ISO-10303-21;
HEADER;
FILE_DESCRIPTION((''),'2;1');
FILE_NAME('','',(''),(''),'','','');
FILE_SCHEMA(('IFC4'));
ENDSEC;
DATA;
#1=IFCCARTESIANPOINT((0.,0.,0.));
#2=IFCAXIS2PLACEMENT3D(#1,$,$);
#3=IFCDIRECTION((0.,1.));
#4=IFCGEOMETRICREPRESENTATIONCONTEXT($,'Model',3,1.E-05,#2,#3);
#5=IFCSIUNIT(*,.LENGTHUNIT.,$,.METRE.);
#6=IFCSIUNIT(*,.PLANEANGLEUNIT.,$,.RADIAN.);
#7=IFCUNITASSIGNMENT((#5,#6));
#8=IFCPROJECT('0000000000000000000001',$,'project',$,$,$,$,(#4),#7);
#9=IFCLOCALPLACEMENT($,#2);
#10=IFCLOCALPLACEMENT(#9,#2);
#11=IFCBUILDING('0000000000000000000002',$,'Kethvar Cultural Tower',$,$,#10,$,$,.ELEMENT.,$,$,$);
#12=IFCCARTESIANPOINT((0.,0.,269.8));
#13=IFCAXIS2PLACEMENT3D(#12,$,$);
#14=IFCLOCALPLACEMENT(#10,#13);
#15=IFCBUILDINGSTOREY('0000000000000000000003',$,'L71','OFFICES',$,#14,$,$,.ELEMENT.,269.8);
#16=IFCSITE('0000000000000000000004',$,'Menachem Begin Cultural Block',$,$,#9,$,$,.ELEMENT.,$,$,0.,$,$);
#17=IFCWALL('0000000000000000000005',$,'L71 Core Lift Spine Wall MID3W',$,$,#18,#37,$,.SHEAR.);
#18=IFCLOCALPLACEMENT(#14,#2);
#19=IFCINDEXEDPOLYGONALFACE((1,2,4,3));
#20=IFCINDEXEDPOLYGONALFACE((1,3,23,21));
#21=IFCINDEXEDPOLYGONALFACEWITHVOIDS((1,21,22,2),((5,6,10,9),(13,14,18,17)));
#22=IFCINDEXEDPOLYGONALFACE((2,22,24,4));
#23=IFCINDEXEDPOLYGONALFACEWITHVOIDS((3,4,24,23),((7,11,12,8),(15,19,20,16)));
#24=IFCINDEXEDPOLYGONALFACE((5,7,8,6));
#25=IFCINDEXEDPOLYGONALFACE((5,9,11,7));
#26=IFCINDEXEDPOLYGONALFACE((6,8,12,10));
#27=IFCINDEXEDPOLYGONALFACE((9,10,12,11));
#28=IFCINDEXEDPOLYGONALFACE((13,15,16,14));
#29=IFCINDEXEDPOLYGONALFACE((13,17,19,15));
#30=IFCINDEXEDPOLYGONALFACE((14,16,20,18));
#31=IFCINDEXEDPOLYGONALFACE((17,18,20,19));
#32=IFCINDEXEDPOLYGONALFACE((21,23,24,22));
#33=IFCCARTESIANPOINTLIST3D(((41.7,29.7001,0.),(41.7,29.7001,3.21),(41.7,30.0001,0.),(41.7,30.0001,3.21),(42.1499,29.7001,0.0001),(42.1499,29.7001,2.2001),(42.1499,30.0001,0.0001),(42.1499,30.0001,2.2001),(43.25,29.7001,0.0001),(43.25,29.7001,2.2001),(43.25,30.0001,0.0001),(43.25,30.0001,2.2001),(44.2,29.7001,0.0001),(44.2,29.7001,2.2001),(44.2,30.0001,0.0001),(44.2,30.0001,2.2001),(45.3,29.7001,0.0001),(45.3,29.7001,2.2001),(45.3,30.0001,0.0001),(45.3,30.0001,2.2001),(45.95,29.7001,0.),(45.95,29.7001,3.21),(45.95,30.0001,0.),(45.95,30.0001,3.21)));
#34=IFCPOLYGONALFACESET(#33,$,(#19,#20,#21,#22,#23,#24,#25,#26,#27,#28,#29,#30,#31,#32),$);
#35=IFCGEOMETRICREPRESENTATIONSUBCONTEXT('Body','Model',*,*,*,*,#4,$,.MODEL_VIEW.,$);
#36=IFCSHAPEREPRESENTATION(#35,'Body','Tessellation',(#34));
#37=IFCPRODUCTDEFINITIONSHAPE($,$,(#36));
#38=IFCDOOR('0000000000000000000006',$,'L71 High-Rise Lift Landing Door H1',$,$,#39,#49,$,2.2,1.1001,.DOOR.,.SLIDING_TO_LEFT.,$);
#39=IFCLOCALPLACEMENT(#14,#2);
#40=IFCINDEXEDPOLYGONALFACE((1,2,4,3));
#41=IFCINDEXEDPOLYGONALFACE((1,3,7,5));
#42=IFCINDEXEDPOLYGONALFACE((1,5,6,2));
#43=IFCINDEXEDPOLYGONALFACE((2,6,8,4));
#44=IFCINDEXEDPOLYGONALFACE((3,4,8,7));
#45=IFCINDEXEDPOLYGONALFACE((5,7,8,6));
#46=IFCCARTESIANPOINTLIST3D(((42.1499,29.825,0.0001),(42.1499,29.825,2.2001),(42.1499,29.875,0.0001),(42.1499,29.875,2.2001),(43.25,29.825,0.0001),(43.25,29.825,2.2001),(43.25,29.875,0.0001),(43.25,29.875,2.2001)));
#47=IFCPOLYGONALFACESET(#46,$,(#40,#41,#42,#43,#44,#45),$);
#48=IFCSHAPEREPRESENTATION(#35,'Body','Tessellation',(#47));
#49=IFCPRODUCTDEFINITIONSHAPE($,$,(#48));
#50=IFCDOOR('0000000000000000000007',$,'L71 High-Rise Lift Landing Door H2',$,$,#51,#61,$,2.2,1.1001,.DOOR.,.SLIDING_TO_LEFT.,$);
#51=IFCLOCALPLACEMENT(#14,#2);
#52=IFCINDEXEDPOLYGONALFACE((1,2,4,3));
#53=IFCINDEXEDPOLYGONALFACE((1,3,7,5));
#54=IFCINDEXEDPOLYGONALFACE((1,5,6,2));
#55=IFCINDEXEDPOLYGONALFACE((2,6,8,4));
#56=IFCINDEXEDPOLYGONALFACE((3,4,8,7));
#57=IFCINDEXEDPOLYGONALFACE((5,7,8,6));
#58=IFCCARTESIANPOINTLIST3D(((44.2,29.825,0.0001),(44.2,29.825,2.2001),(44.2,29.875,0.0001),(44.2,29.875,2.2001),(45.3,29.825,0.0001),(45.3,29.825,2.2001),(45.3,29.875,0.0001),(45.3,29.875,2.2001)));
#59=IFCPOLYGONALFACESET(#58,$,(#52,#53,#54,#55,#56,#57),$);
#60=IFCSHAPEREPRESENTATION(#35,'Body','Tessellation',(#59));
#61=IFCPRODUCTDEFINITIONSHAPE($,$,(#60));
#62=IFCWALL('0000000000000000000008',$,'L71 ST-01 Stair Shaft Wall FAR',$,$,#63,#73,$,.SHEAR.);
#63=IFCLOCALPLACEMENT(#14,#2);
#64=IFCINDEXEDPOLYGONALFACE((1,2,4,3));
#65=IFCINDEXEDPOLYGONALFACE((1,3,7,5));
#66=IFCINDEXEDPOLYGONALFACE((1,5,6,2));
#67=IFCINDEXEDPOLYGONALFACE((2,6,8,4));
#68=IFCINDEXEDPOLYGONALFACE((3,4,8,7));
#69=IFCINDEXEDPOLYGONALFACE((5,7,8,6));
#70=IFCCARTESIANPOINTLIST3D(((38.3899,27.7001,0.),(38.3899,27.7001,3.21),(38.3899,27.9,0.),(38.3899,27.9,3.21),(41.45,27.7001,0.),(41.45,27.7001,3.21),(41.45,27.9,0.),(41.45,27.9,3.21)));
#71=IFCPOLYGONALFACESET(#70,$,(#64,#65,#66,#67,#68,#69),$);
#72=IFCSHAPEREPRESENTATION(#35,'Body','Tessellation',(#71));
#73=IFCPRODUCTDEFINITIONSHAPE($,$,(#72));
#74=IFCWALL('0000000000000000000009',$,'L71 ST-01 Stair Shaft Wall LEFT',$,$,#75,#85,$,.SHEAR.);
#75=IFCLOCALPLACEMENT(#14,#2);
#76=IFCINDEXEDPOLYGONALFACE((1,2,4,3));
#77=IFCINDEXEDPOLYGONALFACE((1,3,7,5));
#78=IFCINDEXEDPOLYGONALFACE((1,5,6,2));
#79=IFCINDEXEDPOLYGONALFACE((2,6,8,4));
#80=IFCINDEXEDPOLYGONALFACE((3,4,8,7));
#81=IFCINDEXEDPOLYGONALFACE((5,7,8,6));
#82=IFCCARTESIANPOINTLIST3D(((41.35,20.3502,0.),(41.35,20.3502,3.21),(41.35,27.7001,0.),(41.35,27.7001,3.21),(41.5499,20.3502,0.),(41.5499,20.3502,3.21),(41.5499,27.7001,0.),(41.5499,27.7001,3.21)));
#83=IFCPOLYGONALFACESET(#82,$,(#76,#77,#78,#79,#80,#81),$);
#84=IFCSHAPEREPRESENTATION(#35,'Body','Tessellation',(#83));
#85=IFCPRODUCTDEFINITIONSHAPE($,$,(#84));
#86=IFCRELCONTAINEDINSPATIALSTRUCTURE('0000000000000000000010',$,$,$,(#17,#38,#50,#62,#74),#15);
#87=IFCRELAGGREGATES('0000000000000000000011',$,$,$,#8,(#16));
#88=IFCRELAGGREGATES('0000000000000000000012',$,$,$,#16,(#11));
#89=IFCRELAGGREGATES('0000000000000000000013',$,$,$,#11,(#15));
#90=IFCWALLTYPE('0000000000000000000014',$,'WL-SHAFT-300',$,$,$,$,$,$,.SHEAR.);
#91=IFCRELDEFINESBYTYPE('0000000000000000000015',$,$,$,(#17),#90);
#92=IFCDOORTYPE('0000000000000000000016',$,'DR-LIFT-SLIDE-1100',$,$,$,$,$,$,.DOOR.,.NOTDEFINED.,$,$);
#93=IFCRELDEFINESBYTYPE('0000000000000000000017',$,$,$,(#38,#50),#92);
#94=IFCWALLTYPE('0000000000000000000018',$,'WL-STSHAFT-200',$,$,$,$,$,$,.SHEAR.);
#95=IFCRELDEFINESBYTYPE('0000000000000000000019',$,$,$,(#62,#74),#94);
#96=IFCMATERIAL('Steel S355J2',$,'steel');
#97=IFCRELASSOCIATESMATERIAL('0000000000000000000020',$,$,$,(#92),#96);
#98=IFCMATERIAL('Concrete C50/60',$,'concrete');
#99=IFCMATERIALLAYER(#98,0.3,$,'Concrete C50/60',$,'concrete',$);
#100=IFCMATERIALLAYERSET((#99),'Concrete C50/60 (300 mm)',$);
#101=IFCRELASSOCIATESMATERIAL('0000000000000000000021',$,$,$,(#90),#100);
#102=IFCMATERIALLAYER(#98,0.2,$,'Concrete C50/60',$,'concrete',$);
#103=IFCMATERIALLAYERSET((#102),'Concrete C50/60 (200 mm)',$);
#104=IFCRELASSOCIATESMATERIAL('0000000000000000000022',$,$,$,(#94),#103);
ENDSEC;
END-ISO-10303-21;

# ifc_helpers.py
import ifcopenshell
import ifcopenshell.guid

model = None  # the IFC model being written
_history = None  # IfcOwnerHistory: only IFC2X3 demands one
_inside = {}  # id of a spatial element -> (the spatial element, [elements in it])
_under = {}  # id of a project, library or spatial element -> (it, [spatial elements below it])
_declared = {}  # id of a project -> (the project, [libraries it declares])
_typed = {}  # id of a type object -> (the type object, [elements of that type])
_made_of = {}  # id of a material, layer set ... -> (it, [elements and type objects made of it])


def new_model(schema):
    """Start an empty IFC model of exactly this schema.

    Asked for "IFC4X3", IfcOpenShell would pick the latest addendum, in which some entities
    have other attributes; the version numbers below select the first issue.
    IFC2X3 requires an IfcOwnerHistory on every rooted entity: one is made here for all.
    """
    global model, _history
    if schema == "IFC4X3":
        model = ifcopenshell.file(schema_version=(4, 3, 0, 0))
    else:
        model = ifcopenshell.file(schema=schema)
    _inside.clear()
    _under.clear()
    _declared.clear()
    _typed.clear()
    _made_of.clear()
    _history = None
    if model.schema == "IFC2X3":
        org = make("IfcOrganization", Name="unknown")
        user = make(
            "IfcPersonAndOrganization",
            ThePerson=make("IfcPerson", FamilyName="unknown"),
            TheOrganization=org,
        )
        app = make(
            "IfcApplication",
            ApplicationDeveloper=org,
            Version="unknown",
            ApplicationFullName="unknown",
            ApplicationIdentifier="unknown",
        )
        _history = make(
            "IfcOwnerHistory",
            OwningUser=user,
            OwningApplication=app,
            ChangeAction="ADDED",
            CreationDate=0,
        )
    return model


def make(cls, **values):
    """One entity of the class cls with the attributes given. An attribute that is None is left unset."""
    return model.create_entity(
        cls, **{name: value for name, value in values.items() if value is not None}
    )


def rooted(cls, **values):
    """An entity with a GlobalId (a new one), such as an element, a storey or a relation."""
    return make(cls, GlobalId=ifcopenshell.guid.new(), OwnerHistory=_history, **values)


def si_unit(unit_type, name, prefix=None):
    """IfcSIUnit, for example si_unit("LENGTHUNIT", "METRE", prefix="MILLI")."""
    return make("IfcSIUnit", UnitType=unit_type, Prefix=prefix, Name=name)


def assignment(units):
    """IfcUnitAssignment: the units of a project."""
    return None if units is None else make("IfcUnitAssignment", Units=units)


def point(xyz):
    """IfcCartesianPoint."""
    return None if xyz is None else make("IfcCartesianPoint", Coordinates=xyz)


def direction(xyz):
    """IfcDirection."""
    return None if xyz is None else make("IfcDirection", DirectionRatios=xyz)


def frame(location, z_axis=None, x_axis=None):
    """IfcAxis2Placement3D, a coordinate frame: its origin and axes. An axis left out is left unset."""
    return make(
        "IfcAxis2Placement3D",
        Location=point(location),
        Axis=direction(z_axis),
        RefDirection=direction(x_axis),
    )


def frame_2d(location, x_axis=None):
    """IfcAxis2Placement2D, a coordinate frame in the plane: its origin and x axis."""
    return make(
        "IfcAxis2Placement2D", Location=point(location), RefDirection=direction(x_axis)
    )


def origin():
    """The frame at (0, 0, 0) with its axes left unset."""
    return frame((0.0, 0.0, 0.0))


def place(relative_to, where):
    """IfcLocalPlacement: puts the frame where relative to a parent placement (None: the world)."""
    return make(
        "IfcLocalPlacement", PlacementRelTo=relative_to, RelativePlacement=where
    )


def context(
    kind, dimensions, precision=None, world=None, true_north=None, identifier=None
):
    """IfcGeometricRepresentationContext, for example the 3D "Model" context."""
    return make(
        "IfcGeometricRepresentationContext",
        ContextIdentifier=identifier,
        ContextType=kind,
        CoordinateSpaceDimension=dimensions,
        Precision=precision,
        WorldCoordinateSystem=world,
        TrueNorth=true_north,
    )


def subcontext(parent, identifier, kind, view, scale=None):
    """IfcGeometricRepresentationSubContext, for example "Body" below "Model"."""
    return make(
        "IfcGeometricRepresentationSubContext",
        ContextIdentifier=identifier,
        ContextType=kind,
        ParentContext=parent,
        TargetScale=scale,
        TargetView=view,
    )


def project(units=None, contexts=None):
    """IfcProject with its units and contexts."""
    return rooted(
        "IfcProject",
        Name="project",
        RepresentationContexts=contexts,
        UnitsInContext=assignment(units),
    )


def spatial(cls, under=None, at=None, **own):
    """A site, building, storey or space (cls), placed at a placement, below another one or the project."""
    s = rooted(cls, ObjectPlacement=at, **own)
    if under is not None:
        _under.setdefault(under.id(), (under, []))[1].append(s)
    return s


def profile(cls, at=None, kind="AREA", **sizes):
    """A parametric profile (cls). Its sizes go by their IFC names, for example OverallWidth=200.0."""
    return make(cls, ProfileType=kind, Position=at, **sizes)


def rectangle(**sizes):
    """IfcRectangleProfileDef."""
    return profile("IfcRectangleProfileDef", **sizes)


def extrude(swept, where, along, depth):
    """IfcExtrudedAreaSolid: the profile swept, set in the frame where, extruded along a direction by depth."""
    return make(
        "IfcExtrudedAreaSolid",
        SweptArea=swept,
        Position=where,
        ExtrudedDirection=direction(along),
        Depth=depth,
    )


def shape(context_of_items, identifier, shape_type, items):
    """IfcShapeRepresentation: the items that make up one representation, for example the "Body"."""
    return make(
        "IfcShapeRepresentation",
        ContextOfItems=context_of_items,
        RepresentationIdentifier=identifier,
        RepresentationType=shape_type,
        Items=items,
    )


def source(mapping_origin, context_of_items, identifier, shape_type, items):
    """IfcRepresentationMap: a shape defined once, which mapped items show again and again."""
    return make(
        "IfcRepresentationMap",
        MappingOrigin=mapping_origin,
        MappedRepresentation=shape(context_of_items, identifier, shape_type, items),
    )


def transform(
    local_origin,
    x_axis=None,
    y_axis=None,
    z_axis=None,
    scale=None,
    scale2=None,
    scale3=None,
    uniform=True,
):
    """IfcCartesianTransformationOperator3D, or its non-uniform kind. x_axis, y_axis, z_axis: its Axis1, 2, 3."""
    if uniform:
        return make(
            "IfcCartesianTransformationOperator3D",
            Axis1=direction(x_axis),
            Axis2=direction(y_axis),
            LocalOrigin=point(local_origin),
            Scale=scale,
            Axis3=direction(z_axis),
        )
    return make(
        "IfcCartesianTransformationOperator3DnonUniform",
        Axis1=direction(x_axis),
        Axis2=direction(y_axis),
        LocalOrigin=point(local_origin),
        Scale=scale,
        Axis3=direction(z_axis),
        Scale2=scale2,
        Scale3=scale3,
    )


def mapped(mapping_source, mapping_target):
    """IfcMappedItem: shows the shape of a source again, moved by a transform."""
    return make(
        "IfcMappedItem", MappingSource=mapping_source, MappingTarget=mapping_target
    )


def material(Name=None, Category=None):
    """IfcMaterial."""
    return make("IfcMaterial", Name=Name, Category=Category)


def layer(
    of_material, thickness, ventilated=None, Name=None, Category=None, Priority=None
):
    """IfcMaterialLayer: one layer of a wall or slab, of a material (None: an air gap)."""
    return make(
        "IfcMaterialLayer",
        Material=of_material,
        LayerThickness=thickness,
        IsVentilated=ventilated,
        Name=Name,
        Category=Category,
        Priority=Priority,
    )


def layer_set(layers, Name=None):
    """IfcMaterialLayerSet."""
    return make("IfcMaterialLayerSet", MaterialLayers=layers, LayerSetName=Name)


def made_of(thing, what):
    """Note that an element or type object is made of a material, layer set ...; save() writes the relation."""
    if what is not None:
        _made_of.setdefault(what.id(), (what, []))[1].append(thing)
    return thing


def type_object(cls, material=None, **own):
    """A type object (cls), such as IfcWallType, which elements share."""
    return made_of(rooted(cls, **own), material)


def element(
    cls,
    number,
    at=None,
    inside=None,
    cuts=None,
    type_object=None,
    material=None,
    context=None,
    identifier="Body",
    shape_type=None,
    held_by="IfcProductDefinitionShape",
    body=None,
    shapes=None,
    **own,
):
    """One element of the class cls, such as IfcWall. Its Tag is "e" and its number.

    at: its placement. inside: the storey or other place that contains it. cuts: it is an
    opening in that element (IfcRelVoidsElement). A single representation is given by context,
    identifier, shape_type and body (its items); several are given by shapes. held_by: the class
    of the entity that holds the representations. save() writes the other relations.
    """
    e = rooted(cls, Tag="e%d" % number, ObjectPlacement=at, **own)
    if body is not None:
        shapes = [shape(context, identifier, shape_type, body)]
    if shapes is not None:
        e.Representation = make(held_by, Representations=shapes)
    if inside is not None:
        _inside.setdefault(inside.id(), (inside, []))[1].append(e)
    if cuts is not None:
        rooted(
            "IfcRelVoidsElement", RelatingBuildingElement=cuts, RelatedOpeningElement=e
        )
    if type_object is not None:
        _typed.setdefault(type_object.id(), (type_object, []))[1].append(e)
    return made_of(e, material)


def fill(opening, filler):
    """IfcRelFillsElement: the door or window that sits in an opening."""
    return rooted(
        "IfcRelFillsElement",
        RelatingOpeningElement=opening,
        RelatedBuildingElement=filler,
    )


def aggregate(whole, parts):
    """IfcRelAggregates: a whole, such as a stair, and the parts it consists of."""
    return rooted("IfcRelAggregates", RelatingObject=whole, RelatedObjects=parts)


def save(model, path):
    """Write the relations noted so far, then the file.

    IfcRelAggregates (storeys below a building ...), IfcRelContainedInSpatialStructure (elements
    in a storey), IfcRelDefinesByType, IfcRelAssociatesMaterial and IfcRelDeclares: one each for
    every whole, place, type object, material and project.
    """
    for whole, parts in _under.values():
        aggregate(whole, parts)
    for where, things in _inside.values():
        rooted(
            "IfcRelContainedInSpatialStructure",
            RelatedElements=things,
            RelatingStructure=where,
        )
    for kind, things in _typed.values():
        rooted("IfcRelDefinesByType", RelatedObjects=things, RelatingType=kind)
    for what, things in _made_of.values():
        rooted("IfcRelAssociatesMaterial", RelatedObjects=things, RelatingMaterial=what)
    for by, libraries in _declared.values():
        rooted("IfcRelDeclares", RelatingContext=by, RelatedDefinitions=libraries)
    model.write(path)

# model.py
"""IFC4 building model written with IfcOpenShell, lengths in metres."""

from ifc_helpers import new_model, si_unit, direction, frame, frame_2d, origin, place, context, subcontext, project, spatial, rectangle, extrude, source, transform, mapped, material, layer, layer_set, type_object, element, fill, save


model = new_model("IFC4")

# Units and contexts
model_context = context("Model", 3, precision=1e-05, world=origin(), true_north=direction((0.0, 1.0)))
body_context = subcontext(model_context, "Body", "Model", "MODEL_VIEW")
ifc_project = project(units=[si_unit("LENGTHUNIT", "METRE"), si_unit("PLANEANGLEUNIT", "RADIAN")], contexts=[model_context])

# Site, building, storey
site_placement = place(None, origin())
site = spatial("IfcSite", under=ifc_project, at=site_placement, Name="Menachem Begin Cultural Block", CompositionType="ELEMENT", RefElevation=0.0)
building_placement = place(site_placement, origin())
building = spatial("IfcBuilding", under=site, at=building_placement, Name="Kethvar Cultural Tower", CompositionType="ELEMENT")
storey_placement = place(building_placement, frame((0.0, 0.0, 269.8)))
storey = spatial("IfcBuildingStorey", under=building, at=storey_placement, Name="L71", Description="OFFICES", CompositionType="ELEMENT", Elevation=269.8)

# Shared definitions
ifc_material_1 = material(Name="Steel S355J2", Category="steel")

# Shared definitions
ifc_material_2 = material(Name="Concrete C50/60", Category="concrete")
door_type = type_object("IfcDoorType", Name="DR-LIFT-SLIDE-1100", OperationType="NOTDEFINED", PredefinedType="DOOR", material=ifc_material_1)
shared_shape_1 = source(origin(), body_context, "Body", "SweptSolid", [
    extrude(rectangle(XDim=1.1001, YDim=2.2, at=frame_2d((0.55, 1.1001))), frame((0.0, 0.0249, 0.0), z_axis=(0.0, -1.0, 0.0), x_axis=(1.0, 0.0, 0.0)), (0.0, 0.0, 1.0), 0.05),
])

# Wall, openings, doors
ifc_layer_1 = layer(ifc_material_2, 0.3, Name="Concrete C50/60", Category="concrete")
ifc_layer_set_1 = layer_set([ifc_layer_1], Name="Concrete C50/60 (300 mm)")
wall_type_1 = type_object("IfcWallType", Name="WL-SHAFT-300", PredefinedType="SHEAR", material=ifc_layer_set_1)
wall_1_placement = place(storey_placement, frame((41.7, 29.8501, 0.0), z_axis=(0.0, 0.0, 1.0), x_axis=(1.0, 0.0, 0.0)))
wall_1 = element("IfcWall", 1, at=wall_1_placement, inside=storey, type_object=wall_type_1, Name="L71 Core Lift Spine Wall MID3W", PredefinedType="SHEAR", context=body_context, shape_type="SweptSolid", body=[
    extrude(rectangle(XDim=4.25, YDim=0.3, at=frame_2d((2.125, 0.0))), origin(), (0.0, 0.0, 1.0), 3.21),
])
opening_1_placement = place(wall_1_placement, frame((0.45, 0.0, 0.0)))
opening_1 = element("IfcOpeningElement", 2, at=opening_1_placement, cuts=wall_1, PredefinedType="OPENING", context=body_context, shape_type="SweptSolid", body=[
    extrude(rectangle(XDim=1.1001, YDim=2.2, at=frame_2d((0.55, 1.1001))), frame((0.0, 0.1599, 0.0), z_axis=(0.0, -1.0, 0.0), x_axis=(1.0, 0.0, 0.0)), (0.0, 0.0, 1.0), 0.3201),
])
opening_2_placement = place(wall_1_placement, frame((2.5, 0.0, 0.0)))
opening_2 = element("IfcOpeningElement", 3, at=opening_2_placement, cuts=wall_1, PredefinedType="OPENING", context=body_context, shape_type="SweptSolid", body=[
    extrude(rectangle(XDim=1.1001, YDim=2.2, at=frame_2d((0.55, 1.1001))), frame((0.0, 0.1599, 0.0), z_axis=(0.0, -1.0, 0.0), x_axis=(1.0, 0.0, 0.0)), (0.0, 0.0, 1.0), 0.3201),
])
door_1_placement = place(opening_1_placement, origin())
door_1 = element("IfcDoor", 4, at=door_1_placement, inside=storey, type_object=door_type, Name="L71 High-Rise Lift Landing Door H1", OperationType="SLIDING_TO_LEFT", OverallHeight=2.2, OverallWidth=1.1001, PredefinedType="DOOR", context=body_context, shape_type="MappedRepresentation", body=[
    mapped(shared_shape_1, transform((0.0, 0.0, 0.0), scale=1.0)),
])
fill(opening_1, door_1)
door_2_placement = place(opening_2_placement, origin())
door_2 = element("IfcDoor", 5, at=door_2_placement, inside=storey, type_object=door_type, Name="L71 High-Rise Lift Landing Door H2", OperationType="SLIDING_TO_LEFT", OverallHeight=2.2, OverallWidth=1.1001, PredefinedType="DOOR", context=body_context, shape_type="MappedRepresentation", body=[
    mapped(shared_shape_1, transform((0.0, 0.0, 0.0), scale=1.0)),
])
fill(opening_2, door_2)

# Walls
ifc_layer_2 = layer(ifc_material_2, 0.2, Name="Concrete C50/60", Category="concrete")
ifc_layer_set_2 = layer_set([ifc_layer_2], Name="Concrete C50/60 (200 mm)")
wall_type_2 = type_object("IfcWallType", Name="WL-STSHAFT-200", PredefinedType="SHEAR", material=ifc_layer_set_2)
wall_2_placement = place(storey_placement, frame((38.3899, 27.8, 0.0), z_axis=(0.0, 0.0, 1.0), x_axis=(1.0, 0.0, 0.0)))
element("IfcWall", 6, at=wall_2_placement, inside=storey, type_object=wall_type_2, Name="L71 ST-01 Stair Shaft Wall FAR", PredefinedType="SHEAR", context=body_context, shape_type="SweptSolid", body=[
    extrude(rectangle(XDim=3.0601, YDim=0.2, at=frame_2d((1.53, 0.0))), origin(), (0.0, 0.0, 1.0), 3.21),
])
wall_3_placement = place(storey_placement, frame((41.45, 27.7, 0.0), z_axis=(0.0, 0.0, 1.0), x_axis=(0.0, -1.0, 0.0)))
element("IfcWall", 7, at=wall_3_placement, inside=storey, type_object=wall_type_2, Name="L71 ST-01 Stair Shaft Wall LEFT", PredefinedType="SHEAR", context=body_context, shape_type="SweptSolid", body=[
    extrude(rectangle(XDim=7.3499, YDim=0.2, at=frame_2d((3.6748, 0.0))), origin(), (0.0, 0.0, 1.0), 3.21),
])

save(model, "model.ifc")
